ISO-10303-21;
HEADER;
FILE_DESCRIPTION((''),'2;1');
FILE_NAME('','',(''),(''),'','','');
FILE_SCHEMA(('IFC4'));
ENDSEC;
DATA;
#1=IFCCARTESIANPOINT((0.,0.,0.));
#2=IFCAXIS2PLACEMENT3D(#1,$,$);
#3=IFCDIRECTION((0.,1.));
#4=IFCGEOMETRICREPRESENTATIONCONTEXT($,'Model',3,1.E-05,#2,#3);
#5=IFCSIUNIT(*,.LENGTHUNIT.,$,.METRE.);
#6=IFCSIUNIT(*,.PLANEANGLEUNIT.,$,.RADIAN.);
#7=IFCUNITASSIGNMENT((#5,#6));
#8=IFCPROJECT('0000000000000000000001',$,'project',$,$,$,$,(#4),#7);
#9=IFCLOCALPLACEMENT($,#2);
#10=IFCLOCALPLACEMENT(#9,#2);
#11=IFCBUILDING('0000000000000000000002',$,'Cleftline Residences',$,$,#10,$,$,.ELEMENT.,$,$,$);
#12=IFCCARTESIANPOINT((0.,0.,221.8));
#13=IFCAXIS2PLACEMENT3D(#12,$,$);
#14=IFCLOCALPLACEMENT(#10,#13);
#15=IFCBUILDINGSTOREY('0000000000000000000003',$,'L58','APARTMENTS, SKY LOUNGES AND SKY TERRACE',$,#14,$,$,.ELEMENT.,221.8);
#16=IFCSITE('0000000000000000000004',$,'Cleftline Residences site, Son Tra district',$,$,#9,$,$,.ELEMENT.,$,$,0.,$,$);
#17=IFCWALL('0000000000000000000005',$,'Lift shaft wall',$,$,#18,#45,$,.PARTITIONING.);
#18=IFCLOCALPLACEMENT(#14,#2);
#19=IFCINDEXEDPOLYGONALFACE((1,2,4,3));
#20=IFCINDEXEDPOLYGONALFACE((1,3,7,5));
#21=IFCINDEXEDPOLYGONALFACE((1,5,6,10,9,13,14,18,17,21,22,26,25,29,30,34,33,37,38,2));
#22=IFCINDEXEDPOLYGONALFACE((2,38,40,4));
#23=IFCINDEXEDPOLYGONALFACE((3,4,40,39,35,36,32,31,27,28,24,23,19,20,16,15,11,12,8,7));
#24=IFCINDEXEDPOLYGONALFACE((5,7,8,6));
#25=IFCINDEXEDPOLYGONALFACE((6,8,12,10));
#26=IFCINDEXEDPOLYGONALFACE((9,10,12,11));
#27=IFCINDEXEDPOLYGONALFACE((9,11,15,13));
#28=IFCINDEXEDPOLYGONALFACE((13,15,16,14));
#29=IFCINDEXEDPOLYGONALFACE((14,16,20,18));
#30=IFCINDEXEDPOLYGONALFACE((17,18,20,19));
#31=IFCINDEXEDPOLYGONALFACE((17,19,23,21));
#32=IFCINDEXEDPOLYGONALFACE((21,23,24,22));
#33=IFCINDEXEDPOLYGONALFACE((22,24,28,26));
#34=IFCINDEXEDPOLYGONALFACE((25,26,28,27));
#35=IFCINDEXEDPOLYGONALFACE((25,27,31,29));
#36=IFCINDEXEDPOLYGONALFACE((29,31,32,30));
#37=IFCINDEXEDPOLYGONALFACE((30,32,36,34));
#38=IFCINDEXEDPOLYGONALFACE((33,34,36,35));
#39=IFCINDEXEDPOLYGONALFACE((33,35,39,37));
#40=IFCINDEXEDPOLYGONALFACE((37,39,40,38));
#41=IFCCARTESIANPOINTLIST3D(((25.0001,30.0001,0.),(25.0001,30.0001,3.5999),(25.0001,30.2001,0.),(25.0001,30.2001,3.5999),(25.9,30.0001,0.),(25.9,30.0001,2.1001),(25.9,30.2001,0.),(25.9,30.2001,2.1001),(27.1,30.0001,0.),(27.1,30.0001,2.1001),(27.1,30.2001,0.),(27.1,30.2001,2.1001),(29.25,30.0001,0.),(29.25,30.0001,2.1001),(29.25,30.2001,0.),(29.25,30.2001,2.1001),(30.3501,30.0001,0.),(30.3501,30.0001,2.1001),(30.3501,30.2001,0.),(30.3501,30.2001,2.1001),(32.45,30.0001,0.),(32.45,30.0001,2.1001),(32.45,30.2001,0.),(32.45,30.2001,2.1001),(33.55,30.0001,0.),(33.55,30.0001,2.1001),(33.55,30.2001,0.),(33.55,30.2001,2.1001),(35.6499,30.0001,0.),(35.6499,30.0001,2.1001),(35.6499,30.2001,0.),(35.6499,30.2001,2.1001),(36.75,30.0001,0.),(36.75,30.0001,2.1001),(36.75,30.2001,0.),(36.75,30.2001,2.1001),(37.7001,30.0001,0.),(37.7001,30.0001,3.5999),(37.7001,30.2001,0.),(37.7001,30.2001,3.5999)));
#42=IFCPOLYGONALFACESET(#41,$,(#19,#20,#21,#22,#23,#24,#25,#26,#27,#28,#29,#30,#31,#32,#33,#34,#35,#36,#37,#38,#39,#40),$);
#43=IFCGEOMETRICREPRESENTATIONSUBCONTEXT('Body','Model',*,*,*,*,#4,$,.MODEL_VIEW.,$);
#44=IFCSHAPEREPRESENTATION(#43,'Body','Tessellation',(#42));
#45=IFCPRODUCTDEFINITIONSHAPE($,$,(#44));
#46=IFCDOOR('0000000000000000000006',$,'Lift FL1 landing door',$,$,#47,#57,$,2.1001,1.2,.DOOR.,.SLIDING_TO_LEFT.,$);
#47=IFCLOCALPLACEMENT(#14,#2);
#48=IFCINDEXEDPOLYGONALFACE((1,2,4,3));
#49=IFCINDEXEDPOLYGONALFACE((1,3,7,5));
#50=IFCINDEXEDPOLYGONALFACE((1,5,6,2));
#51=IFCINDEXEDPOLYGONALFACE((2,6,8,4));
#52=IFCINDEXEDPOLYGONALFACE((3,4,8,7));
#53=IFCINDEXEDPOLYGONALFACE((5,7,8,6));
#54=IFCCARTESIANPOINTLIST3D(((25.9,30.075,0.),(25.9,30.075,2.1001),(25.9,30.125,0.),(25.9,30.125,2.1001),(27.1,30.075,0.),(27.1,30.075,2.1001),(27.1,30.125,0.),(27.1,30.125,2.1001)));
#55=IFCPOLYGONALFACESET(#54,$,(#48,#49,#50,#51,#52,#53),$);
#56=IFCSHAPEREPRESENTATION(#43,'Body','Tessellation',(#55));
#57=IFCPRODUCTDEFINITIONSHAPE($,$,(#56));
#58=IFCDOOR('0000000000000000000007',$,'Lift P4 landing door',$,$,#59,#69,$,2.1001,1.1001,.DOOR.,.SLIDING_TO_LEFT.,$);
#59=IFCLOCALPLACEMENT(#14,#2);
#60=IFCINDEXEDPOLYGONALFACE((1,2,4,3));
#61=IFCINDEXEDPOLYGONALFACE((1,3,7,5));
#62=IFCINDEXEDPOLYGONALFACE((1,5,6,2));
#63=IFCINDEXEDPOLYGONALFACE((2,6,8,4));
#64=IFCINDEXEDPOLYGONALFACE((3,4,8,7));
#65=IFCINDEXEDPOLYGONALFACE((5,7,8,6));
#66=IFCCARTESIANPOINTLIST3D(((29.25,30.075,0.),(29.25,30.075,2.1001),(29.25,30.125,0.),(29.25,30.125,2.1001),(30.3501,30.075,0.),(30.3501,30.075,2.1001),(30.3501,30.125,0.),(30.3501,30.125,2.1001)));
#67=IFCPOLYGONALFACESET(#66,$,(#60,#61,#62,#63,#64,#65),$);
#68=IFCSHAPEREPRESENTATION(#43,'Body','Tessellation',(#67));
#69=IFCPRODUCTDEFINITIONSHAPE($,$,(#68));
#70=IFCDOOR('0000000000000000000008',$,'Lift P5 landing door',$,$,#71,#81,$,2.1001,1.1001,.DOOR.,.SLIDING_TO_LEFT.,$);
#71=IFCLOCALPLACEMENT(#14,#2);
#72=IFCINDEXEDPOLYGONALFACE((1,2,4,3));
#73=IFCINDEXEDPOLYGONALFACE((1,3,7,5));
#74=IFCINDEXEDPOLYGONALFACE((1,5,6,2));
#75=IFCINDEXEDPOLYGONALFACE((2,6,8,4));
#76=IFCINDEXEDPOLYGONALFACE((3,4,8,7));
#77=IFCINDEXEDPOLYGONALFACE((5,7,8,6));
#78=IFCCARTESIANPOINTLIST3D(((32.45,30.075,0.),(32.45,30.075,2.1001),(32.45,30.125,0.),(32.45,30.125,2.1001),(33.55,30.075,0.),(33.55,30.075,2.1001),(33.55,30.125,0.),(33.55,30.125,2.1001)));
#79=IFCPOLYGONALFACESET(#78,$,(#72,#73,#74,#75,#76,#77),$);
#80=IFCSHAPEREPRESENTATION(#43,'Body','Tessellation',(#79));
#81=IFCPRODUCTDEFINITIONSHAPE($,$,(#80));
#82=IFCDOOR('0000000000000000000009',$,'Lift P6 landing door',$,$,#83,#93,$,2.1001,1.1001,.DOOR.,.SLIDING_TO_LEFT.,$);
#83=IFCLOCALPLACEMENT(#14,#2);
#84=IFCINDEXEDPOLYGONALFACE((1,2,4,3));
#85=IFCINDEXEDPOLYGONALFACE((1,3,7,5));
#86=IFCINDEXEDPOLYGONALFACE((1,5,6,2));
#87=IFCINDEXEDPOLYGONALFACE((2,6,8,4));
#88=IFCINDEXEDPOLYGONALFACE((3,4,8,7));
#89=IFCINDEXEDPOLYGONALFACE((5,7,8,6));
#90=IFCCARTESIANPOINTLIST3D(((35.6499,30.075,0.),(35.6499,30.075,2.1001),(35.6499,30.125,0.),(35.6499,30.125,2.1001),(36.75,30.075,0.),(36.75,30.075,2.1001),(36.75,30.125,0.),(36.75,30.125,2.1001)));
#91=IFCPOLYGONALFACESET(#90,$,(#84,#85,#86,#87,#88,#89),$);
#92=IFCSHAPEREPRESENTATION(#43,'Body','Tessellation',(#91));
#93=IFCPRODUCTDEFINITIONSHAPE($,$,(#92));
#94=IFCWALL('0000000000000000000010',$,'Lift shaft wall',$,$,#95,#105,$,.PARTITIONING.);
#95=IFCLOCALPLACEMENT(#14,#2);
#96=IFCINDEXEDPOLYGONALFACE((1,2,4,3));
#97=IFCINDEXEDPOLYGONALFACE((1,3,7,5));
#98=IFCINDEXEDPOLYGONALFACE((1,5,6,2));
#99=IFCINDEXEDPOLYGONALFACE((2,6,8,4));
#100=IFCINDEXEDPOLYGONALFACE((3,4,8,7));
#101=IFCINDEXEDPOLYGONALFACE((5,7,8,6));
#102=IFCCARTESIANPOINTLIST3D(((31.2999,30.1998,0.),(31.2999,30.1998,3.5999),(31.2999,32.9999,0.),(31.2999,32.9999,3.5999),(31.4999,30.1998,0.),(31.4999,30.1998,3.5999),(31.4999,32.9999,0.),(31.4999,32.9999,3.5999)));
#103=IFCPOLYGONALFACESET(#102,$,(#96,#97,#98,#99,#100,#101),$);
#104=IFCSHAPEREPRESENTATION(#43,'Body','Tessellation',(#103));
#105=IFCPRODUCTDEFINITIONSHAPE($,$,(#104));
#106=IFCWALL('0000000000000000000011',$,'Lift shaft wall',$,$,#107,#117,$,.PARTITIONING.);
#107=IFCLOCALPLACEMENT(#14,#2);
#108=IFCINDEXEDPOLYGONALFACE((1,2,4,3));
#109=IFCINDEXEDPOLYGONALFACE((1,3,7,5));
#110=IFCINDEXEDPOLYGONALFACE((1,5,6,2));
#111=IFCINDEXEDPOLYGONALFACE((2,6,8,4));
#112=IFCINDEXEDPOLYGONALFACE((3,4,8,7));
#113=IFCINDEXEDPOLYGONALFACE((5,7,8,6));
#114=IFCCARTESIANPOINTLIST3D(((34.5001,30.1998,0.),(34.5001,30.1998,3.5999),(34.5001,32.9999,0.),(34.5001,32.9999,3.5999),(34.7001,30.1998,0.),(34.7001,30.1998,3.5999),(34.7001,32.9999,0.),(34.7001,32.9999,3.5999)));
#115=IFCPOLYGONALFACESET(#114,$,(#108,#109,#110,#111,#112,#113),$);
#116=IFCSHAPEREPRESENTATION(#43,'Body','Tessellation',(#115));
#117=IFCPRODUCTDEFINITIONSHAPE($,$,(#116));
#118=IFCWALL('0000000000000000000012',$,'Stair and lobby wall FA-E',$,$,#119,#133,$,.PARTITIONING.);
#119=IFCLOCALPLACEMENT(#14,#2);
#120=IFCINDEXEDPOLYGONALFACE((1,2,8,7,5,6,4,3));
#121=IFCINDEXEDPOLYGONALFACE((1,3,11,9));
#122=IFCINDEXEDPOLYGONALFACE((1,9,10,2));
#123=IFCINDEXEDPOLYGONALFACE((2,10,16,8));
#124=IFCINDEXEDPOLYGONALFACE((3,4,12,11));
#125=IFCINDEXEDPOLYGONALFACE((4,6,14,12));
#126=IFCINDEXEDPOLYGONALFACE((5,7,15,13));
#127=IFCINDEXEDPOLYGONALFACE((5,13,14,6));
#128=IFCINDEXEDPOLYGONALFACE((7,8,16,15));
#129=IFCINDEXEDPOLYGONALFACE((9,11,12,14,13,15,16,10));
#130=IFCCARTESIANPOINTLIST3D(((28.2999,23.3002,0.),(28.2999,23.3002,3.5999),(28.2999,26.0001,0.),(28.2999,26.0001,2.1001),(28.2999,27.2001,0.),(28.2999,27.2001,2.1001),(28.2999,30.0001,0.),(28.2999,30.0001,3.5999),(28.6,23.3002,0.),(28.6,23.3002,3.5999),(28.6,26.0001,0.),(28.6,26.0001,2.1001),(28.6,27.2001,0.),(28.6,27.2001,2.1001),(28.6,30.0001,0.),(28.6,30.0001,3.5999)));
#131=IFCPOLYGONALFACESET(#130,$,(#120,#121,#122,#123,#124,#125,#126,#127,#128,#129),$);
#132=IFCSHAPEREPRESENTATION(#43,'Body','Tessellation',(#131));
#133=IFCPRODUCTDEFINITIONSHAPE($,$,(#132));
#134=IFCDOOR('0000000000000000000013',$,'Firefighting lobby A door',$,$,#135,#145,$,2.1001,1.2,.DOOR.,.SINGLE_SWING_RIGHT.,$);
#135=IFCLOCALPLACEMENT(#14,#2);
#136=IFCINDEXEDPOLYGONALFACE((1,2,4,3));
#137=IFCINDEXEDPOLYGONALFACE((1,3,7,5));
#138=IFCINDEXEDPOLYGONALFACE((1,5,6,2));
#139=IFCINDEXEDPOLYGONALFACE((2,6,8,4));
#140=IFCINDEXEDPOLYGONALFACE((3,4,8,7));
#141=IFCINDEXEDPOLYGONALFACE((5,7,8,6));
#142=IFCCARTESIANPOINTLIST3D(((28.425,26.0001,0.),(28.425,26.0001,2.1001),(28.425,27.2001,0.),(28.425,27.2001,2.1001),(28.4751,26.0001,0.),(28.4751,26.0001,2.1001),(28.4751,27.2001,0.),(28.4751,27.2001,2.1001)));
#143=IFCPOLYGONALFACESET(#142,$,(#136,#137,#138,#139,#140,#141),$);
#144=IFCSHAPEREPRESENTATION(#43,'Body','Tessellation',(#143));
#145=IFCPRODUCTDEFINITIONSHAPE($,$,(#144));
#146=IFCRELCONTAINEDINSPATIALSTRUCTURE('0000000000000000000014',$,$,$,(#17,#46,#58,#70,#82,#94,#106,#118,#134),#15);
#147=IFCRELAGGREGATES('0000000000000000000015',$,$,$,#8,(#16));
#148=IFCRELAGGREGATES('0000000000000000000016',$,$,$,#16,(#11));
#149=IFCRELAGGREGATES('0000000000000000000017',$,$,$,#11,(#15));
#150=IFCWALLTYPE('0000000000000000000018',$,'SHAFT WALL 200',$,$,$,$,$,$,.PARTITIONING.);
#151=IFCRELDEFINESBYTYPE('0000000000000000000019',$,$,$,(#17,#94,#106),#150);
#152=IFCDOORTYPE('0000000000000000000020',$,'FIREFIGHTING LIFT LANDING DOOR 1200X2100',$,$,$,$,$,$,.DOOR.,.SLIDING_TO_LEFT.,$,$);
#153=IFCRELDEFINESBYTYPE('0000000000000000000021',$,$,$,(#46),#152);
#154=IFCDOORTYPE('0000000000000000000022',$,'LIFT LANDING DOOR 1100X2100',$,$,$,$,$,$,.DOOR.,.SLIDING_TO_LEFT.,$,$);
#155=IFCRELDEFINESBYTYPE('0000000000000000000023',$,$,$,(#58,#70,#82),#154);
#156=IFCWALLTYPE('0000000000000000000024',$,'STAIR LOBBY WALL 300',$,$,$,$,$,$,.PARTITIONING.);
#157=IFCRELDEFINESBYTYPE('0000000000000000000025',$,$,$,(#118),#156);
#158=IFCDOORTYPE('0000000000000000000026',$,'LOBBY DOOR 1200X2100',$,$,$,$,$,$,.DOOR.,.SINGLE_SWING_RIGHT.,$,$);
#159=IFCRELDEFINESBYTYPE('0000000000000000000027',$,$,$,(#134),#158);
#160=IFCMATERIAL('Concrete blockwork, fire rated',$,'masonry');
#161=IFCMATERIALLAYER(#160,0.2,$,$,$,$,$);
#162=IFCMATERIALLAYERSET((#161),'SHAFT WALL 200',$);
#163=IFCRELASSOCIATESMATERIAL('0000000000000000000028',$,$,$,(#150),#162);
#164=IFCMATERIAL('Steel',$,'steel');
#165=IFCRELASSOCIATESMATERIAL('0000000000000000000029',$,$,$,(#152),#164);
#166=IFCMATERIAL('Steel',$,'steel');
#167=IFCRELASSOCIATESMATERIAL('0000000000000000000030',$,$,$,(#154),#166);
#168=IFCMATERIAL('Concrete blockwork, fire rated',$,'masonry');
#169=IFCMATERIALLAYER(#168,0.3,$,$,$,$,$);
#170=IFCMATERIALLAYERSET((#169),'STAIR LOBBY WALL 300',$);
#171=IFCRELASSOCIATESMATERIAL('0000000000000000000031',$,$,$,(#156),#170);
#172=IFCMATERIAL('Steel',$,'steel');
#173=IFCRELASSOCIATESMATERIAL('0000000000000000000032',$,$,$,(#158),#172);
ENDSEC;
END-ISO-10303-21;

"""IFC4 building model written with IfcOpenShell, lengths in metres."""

from ifc_helpers import new_model, si_unit, direction, frame, frame_2d, origin, place, context, subcontext, project, spatial, rectangle, extrude, material, layer, layer_set, type_object, element, fill, save


model = new_model("IFC4")

# Units and contexts
model_context = context("Model", 3, precision=1e-05, world=origin(), true_north=direction((0.0, 1.0)))
body_context = subcontext(model_context, "Body", "Model", "MODEL_VIEW")
ifc_project = project(units=[si_unit("LENGTHUNIT", "METRE"), si_unit("PLANEANGLEUNIT", "RADIAN")], contexts=[model_context])

# Site, building, storey
site_placement = place(None, origin())
site = spatial("IfcSite", under=ifc_project, at=site_placement, Name="Cleftline Residences site, Son Tra district", CompositionType="ELEMENT", RefElevation=0.0)
building_placement = place(site_placement, origin())
building = spatial("IfcBuilding", under=site, at=building_placement, Name="Cleftline Residences", CompositionType="ELEMENT")
storey_placement = place(building_placement, frame((0.0, 0.0, 221.8)))
storey = spatial("IfcBuildingStorey", under=building, at=storey_placement, Name="L58", Description="APARTMENTS, SKY LOUNGES AND SKY TERRACE", CompositionType="ELEMENT", Elevation=221.8)

# Wall, openings, doors
ifc_material_1 = material(Name="Concrete blockwork, fire rated", Category="masonry")
ifc_layer_1 = layer(ifc_material_1, 0.2)
ifc_layer_set_1 = layer_set([ifc_layer_1], Name="SHAFT WALL 200")
wall_type_1 = type_object("IfcWallType", Name="SHAFT WALL 200", PredefinedType="PARTITIONING", material=ifc_layer_set_1)
wall_1_placement = place(storey_placement, frame((25.0, 30.1001, 0.0), z_axis=(0.0, 0.0, 1.0), x_axis=(1.0, 0.0, 0.0)))
wall_1 = element("IfcWall", 1, at=wall_1_placement, inside=storey, type_object=wall_type_1, Name="Lift shaft wall", PredefinedType="PARTITIONING", context=body_context, shape_type="SweptSolid", body=[
    extrude(rectangle(XDim=12.7, YDim=0.2, at=frame_2d((6.3501, 0.0))), origin(), (0.0, 0.0, 1.0), 3.5999),
])
opening_1_placement = place(wall_1_placement, frame((4.25, 0.0, 0.0)))
opening_1 = element("IfcOpeningElement", 2, at=opening_1_placement, cuts=wall_1, PredefinedType="OPENING", context=body_context, shape_type="SweptSolid", body=[
    extrude(rectangle(XDim=1.1001, YDim=2.1001, at=frame_2d((0.55, 1.05))), frame((0.0, 0.1099, 0.0), z_axis=(0.0, -1.0, 0.0), x_axis=(1.0, 0.0, 0.0)), (0.0, 0.0, 1.0), 0.22),
])
opening_2_placement = place(wall_1_placement, frame((7.45, 0.0, 0.0)))
opening_2 = element("IfcOpeningElement", 3, at=opening_2_placement, cuts=wall_1, PredefinedType="OPENING", context=body_context, shape_type="SweptSolid", body=[
    extrude(rectangle(XDim=1.1001, YDim=2.1001, at=frame_2d((0.55, 1.05))), frame((0.0, 0.1099, 0.0), z_axis=(0.0, -1.0, 0.0), x_axis=(1.0, 0.0, 0.0)), (0.0, 0.0, 1.0), 0.22),
])
opening_3_placement = place(wall_1_placement, frame((10.6499, 0.0, 0.0)))
opening_3 = element("IfcOpeningElement", 4, at=opening_3_placement, cuts=wall_1, PredefinedType="OPENING", context=body_context, shape_type="SweptSolid", body=[
    extrude(rectangle(XDim=1.1001, YDim=2.1001, at=frame_2d((0.55, 1.05))), frame((0.0, 0.1099, 0.0), z_axis=(0.0, -1.0, 0.0), x_axis=(1.0, 0.0, 0.0)), (0.0, 0.0, 1.0), 0.22),
])
opening_4_placement = place(wall_1_placement, frame((0.8999, 0.0, 0.0)))
opening_4 = element("IfcOpeningElement", 5, at=opening_4_placement, cuts=wall_1, PredefinedType="OPENING", context=body_context, shape_type="SweptSolid", body=[
    extrude(rectangle(XDim=1.2, YDim=2.1001, at=frame_2d((0.6001, 1.05))), frame((0.0, 0.1099, 0.0), z_axis=(0.0, -1.0, 0.0), x_axis=(1.0, 0.0, 0.0)), (0.0, 0.0, 1.0), 0.22),
])
ifc_material_2 = material(Name="Steel", Category="steel")
door_type_1 = type_object("IfcDoorType", Name="FIREFIGHTING LIFT LANDING DOOR 1200X2100", OperationType="SLIDING_TO_LEFT", PredefinedType="DOOR", material=ifc_material_2)
door_1_placement = place(opening_4_placement, origin())
door_1 = element("IfcDoor", 6, at=door_1_placement, inside=storey, type_object=door_type_1, Name="Lift FL1 landing door", OperationType="SLIDING_TO_LEFT", OverallHeight=2.1001, OverallWidth=1.2, PredefinedType="DOOR", context=body_context, shape_type="SweptSolid", body=[
    extrude(rectangle(XDim=1.2, YDim=2.1001, at=frame_2d((0.6001, 1.05))), frame((0.0, 0.0249, 0.0), z_axis=(0.0, -1.0, 0.0), x_axis=(1.0, 0.0, 0.0)), (0.0, 0.0, 1.0), 0.05),
])
fill(opening_4, door_1)
ifc_material_3 = material(Name="Steel", Category="steel")
door_type_2 = type_object("IfcDoorType", Name="LIFT LANDING DOOR 1100X2100", OperationType="SLIDING_TO_LEFT", PredefinedType="DOOR", material=ifc_material_3)
door_2_placement = place(opening_1_placement, origin())
door_2 = element("IfcDoor", 7, at=door_2_placement, inside=storey, type_object=door_type_2, Name="Lift P4 landing door", OperationType="SLIDING_TO_LEFT", OverallHeight=2.1001, OverallWidth=1.1001, PredefinedType="DOOR", context=body_context, shape_type="SweptSolid", body=[
    extrude(rectangle(XDim=1.1001, YDim=2.1001, at=frame_2d((0.55, 1.05))), frame((0.0, 0.0249, 0.0), z_axis=(0.0, -1.0, 0.0), x_axis=(1.0, 0.0, 0.0)), (0.0, 0.0, 1.0), 0.05),
])
fill(opening_1, door_2)
door_3_placement = place(opening_2_placement, origin())
door_3 = element("IfcDoor", 8, at=door_3_placement, inside=storey, type_object=door_type_2, Name="Lift P5 landing door", OperationType="SLIDING_TO_LEFT", OverallHeight=2.1001, OverallWidth=1.1001, PredefinedType="DOOR", context=body_context, shape_type="SweptSolid", body=[
    extrude(rectangle(XDim=1.1001, YDim=2.1001, at=frame_2d((0.55, 1.05))), frame((0.0, 0.0249, 0.0), z_axis=(0.0, -1.0, 0.0), x_axis=(1.0, 0.0, 0.0)), (0.0, 0.0, 1.0), 0.05),
])
fill(opening_2, door_3)
door_4_placement = place(opening_3_placement, origin())
door_4 = element("IfcDoor", 9, at=door_4_placement, inside=storey, type_object=door_type_2, Name="Lift P6 landing door", OperationType="SLIDING_TO_LEFT", OverallHeight=2.1001, OverallWidth=1.1001, PredefinedType="DOOR", context=body_context, shape_type="SweptSolid", body=[
    extrude(rectangle(XDim=1.1001, YDim=2.1001, at=frame_2d((0.55, 1.05))), frame((0.0, 0.0249, 0.0), z_axis=(0.0, -1.0, 0.0), x_axis=(1.0, 0.0, 0.0)), (0.0, 0.0, 1.0), 0.05),
])
fill(opening_3, door_4)

# Walls
for number, where, z_axis, x_axis, name in (
    (10, (31.3999, 30.2, 0.0), (0.0, 0.0, 1.0), (0.0, 1.0, 0.0), "Lift shaft wall"),
    (11, (34.6001, 30.2, 0.0), (0.0, 0.0, 1.0), (0.0, 1.0, 0.0), "Lift shaft wall"),
):
    element("IfcWall", number, at=place(storey_placement, frame(where, z_axis=z_axis, x_axis=x_axis)), inside=storey, type_object=wall_type_1, Name=name, PredefinedType="PARTITIONING", context=body_context, shape_type="SweptSolid", body=[
        extrude(rectangle(XDim=2.8, YDim=0.2, at=frame_2d((1.3999, 0.0))), origin(), (0.0, 0.0, 1.0), 3.5999),
    ])

# Wall, opening, door
ifc_material_4 = material(Name="Concrete blockwork, fire rated", Category="masonry")
ifc_layer_2 = layer(ifc_material_4, 0.3)
ifc_layer_set_2 = layer_set([ifc_layer_2], Name="STAIR LOBBY WALL 300")
wall_type_2 = type_object("IfcWallType", Name="STAIR LOBBY WALL 300", PredefinedType="PARTITIONING", material=ifc_layer_set_2)
wall_2_placement = place(storey_placement, frame((28.45, 23.3, 0.0), z_axis=(0.0, 0.0, 1.0), x_axis=(0.0, 1.0, 0.0)))
wall_2 = element("IfcWall", 12, at=wall_2_placement, inside=storey, type_object=wall_type_2, Name="Stair and lobby wall FA-E", PredefinedType="PARTITIONING", context=body_context, shape_type="SweptSolid", body=[
    extrude(rectangle(XDim=6.7, YDim=0.3, at=frame_2d((3.3501, 0.0))), origin(), (0.0, 0.0, 1.0), 3.5999),
])
opening_5_placement = place(wall_2_placement, frame((2.7, 0.0, 0.0)))
opening_5 = element("IfcOpeningElement", 13, at=opening_5_placement, cuts=wall_2, PredefinedType="OPENING", context=body_context, shape_type="SweptSolid", body=[
    extrude(rectangle(XDim=1.2, YDim=2.1001, at=frame_2d((0.6001, 1.05))), frame((0.0, 0.1599, 0.0), z_axis=(0.0, -1.0, 0.0), x_axis=(1.0, 0.0, 0.0)), (0.0, 0.0, 1.0), 0.3201),
])
ifc_material_5 = material(Name="Steel", Category="steel")
door_type_3 = type_object("IfcDoorType", Name="LOBBY DOOR 1200X2100", OperationType="SINGLE_SWING_RIGHT", PredefinedType="DOOR", material=ifc_material_5)
door_5_placement = place(opening_5_placement, origin())
door_5 = element("IfcDoor", 14, at=door_5_placement, inside=storey, type_object=door_type_3, Name="Firefighting lobby A door", OperationType="SINGLE_SWING_RIGHT", OverallHeight=2.1001, OverallWidth=1.2, PredefinedType="DOOR", context=body_context, shape_type="SweptSolid", body=[
    extrude(rectangle(XDim=1.2, YDim=2.1001, at=frame_2d((0.6001, 1.05))), frame((0.0, 0.0249, 0.0), z_axis=(0.0, -1.0, 0.0), x_axis=(1.0, 0.0, 0.0)), (0.0, 0.0, 1.0), 0.05),
])
fill(opening_5, door_5)

save(model, "model.ifc")
